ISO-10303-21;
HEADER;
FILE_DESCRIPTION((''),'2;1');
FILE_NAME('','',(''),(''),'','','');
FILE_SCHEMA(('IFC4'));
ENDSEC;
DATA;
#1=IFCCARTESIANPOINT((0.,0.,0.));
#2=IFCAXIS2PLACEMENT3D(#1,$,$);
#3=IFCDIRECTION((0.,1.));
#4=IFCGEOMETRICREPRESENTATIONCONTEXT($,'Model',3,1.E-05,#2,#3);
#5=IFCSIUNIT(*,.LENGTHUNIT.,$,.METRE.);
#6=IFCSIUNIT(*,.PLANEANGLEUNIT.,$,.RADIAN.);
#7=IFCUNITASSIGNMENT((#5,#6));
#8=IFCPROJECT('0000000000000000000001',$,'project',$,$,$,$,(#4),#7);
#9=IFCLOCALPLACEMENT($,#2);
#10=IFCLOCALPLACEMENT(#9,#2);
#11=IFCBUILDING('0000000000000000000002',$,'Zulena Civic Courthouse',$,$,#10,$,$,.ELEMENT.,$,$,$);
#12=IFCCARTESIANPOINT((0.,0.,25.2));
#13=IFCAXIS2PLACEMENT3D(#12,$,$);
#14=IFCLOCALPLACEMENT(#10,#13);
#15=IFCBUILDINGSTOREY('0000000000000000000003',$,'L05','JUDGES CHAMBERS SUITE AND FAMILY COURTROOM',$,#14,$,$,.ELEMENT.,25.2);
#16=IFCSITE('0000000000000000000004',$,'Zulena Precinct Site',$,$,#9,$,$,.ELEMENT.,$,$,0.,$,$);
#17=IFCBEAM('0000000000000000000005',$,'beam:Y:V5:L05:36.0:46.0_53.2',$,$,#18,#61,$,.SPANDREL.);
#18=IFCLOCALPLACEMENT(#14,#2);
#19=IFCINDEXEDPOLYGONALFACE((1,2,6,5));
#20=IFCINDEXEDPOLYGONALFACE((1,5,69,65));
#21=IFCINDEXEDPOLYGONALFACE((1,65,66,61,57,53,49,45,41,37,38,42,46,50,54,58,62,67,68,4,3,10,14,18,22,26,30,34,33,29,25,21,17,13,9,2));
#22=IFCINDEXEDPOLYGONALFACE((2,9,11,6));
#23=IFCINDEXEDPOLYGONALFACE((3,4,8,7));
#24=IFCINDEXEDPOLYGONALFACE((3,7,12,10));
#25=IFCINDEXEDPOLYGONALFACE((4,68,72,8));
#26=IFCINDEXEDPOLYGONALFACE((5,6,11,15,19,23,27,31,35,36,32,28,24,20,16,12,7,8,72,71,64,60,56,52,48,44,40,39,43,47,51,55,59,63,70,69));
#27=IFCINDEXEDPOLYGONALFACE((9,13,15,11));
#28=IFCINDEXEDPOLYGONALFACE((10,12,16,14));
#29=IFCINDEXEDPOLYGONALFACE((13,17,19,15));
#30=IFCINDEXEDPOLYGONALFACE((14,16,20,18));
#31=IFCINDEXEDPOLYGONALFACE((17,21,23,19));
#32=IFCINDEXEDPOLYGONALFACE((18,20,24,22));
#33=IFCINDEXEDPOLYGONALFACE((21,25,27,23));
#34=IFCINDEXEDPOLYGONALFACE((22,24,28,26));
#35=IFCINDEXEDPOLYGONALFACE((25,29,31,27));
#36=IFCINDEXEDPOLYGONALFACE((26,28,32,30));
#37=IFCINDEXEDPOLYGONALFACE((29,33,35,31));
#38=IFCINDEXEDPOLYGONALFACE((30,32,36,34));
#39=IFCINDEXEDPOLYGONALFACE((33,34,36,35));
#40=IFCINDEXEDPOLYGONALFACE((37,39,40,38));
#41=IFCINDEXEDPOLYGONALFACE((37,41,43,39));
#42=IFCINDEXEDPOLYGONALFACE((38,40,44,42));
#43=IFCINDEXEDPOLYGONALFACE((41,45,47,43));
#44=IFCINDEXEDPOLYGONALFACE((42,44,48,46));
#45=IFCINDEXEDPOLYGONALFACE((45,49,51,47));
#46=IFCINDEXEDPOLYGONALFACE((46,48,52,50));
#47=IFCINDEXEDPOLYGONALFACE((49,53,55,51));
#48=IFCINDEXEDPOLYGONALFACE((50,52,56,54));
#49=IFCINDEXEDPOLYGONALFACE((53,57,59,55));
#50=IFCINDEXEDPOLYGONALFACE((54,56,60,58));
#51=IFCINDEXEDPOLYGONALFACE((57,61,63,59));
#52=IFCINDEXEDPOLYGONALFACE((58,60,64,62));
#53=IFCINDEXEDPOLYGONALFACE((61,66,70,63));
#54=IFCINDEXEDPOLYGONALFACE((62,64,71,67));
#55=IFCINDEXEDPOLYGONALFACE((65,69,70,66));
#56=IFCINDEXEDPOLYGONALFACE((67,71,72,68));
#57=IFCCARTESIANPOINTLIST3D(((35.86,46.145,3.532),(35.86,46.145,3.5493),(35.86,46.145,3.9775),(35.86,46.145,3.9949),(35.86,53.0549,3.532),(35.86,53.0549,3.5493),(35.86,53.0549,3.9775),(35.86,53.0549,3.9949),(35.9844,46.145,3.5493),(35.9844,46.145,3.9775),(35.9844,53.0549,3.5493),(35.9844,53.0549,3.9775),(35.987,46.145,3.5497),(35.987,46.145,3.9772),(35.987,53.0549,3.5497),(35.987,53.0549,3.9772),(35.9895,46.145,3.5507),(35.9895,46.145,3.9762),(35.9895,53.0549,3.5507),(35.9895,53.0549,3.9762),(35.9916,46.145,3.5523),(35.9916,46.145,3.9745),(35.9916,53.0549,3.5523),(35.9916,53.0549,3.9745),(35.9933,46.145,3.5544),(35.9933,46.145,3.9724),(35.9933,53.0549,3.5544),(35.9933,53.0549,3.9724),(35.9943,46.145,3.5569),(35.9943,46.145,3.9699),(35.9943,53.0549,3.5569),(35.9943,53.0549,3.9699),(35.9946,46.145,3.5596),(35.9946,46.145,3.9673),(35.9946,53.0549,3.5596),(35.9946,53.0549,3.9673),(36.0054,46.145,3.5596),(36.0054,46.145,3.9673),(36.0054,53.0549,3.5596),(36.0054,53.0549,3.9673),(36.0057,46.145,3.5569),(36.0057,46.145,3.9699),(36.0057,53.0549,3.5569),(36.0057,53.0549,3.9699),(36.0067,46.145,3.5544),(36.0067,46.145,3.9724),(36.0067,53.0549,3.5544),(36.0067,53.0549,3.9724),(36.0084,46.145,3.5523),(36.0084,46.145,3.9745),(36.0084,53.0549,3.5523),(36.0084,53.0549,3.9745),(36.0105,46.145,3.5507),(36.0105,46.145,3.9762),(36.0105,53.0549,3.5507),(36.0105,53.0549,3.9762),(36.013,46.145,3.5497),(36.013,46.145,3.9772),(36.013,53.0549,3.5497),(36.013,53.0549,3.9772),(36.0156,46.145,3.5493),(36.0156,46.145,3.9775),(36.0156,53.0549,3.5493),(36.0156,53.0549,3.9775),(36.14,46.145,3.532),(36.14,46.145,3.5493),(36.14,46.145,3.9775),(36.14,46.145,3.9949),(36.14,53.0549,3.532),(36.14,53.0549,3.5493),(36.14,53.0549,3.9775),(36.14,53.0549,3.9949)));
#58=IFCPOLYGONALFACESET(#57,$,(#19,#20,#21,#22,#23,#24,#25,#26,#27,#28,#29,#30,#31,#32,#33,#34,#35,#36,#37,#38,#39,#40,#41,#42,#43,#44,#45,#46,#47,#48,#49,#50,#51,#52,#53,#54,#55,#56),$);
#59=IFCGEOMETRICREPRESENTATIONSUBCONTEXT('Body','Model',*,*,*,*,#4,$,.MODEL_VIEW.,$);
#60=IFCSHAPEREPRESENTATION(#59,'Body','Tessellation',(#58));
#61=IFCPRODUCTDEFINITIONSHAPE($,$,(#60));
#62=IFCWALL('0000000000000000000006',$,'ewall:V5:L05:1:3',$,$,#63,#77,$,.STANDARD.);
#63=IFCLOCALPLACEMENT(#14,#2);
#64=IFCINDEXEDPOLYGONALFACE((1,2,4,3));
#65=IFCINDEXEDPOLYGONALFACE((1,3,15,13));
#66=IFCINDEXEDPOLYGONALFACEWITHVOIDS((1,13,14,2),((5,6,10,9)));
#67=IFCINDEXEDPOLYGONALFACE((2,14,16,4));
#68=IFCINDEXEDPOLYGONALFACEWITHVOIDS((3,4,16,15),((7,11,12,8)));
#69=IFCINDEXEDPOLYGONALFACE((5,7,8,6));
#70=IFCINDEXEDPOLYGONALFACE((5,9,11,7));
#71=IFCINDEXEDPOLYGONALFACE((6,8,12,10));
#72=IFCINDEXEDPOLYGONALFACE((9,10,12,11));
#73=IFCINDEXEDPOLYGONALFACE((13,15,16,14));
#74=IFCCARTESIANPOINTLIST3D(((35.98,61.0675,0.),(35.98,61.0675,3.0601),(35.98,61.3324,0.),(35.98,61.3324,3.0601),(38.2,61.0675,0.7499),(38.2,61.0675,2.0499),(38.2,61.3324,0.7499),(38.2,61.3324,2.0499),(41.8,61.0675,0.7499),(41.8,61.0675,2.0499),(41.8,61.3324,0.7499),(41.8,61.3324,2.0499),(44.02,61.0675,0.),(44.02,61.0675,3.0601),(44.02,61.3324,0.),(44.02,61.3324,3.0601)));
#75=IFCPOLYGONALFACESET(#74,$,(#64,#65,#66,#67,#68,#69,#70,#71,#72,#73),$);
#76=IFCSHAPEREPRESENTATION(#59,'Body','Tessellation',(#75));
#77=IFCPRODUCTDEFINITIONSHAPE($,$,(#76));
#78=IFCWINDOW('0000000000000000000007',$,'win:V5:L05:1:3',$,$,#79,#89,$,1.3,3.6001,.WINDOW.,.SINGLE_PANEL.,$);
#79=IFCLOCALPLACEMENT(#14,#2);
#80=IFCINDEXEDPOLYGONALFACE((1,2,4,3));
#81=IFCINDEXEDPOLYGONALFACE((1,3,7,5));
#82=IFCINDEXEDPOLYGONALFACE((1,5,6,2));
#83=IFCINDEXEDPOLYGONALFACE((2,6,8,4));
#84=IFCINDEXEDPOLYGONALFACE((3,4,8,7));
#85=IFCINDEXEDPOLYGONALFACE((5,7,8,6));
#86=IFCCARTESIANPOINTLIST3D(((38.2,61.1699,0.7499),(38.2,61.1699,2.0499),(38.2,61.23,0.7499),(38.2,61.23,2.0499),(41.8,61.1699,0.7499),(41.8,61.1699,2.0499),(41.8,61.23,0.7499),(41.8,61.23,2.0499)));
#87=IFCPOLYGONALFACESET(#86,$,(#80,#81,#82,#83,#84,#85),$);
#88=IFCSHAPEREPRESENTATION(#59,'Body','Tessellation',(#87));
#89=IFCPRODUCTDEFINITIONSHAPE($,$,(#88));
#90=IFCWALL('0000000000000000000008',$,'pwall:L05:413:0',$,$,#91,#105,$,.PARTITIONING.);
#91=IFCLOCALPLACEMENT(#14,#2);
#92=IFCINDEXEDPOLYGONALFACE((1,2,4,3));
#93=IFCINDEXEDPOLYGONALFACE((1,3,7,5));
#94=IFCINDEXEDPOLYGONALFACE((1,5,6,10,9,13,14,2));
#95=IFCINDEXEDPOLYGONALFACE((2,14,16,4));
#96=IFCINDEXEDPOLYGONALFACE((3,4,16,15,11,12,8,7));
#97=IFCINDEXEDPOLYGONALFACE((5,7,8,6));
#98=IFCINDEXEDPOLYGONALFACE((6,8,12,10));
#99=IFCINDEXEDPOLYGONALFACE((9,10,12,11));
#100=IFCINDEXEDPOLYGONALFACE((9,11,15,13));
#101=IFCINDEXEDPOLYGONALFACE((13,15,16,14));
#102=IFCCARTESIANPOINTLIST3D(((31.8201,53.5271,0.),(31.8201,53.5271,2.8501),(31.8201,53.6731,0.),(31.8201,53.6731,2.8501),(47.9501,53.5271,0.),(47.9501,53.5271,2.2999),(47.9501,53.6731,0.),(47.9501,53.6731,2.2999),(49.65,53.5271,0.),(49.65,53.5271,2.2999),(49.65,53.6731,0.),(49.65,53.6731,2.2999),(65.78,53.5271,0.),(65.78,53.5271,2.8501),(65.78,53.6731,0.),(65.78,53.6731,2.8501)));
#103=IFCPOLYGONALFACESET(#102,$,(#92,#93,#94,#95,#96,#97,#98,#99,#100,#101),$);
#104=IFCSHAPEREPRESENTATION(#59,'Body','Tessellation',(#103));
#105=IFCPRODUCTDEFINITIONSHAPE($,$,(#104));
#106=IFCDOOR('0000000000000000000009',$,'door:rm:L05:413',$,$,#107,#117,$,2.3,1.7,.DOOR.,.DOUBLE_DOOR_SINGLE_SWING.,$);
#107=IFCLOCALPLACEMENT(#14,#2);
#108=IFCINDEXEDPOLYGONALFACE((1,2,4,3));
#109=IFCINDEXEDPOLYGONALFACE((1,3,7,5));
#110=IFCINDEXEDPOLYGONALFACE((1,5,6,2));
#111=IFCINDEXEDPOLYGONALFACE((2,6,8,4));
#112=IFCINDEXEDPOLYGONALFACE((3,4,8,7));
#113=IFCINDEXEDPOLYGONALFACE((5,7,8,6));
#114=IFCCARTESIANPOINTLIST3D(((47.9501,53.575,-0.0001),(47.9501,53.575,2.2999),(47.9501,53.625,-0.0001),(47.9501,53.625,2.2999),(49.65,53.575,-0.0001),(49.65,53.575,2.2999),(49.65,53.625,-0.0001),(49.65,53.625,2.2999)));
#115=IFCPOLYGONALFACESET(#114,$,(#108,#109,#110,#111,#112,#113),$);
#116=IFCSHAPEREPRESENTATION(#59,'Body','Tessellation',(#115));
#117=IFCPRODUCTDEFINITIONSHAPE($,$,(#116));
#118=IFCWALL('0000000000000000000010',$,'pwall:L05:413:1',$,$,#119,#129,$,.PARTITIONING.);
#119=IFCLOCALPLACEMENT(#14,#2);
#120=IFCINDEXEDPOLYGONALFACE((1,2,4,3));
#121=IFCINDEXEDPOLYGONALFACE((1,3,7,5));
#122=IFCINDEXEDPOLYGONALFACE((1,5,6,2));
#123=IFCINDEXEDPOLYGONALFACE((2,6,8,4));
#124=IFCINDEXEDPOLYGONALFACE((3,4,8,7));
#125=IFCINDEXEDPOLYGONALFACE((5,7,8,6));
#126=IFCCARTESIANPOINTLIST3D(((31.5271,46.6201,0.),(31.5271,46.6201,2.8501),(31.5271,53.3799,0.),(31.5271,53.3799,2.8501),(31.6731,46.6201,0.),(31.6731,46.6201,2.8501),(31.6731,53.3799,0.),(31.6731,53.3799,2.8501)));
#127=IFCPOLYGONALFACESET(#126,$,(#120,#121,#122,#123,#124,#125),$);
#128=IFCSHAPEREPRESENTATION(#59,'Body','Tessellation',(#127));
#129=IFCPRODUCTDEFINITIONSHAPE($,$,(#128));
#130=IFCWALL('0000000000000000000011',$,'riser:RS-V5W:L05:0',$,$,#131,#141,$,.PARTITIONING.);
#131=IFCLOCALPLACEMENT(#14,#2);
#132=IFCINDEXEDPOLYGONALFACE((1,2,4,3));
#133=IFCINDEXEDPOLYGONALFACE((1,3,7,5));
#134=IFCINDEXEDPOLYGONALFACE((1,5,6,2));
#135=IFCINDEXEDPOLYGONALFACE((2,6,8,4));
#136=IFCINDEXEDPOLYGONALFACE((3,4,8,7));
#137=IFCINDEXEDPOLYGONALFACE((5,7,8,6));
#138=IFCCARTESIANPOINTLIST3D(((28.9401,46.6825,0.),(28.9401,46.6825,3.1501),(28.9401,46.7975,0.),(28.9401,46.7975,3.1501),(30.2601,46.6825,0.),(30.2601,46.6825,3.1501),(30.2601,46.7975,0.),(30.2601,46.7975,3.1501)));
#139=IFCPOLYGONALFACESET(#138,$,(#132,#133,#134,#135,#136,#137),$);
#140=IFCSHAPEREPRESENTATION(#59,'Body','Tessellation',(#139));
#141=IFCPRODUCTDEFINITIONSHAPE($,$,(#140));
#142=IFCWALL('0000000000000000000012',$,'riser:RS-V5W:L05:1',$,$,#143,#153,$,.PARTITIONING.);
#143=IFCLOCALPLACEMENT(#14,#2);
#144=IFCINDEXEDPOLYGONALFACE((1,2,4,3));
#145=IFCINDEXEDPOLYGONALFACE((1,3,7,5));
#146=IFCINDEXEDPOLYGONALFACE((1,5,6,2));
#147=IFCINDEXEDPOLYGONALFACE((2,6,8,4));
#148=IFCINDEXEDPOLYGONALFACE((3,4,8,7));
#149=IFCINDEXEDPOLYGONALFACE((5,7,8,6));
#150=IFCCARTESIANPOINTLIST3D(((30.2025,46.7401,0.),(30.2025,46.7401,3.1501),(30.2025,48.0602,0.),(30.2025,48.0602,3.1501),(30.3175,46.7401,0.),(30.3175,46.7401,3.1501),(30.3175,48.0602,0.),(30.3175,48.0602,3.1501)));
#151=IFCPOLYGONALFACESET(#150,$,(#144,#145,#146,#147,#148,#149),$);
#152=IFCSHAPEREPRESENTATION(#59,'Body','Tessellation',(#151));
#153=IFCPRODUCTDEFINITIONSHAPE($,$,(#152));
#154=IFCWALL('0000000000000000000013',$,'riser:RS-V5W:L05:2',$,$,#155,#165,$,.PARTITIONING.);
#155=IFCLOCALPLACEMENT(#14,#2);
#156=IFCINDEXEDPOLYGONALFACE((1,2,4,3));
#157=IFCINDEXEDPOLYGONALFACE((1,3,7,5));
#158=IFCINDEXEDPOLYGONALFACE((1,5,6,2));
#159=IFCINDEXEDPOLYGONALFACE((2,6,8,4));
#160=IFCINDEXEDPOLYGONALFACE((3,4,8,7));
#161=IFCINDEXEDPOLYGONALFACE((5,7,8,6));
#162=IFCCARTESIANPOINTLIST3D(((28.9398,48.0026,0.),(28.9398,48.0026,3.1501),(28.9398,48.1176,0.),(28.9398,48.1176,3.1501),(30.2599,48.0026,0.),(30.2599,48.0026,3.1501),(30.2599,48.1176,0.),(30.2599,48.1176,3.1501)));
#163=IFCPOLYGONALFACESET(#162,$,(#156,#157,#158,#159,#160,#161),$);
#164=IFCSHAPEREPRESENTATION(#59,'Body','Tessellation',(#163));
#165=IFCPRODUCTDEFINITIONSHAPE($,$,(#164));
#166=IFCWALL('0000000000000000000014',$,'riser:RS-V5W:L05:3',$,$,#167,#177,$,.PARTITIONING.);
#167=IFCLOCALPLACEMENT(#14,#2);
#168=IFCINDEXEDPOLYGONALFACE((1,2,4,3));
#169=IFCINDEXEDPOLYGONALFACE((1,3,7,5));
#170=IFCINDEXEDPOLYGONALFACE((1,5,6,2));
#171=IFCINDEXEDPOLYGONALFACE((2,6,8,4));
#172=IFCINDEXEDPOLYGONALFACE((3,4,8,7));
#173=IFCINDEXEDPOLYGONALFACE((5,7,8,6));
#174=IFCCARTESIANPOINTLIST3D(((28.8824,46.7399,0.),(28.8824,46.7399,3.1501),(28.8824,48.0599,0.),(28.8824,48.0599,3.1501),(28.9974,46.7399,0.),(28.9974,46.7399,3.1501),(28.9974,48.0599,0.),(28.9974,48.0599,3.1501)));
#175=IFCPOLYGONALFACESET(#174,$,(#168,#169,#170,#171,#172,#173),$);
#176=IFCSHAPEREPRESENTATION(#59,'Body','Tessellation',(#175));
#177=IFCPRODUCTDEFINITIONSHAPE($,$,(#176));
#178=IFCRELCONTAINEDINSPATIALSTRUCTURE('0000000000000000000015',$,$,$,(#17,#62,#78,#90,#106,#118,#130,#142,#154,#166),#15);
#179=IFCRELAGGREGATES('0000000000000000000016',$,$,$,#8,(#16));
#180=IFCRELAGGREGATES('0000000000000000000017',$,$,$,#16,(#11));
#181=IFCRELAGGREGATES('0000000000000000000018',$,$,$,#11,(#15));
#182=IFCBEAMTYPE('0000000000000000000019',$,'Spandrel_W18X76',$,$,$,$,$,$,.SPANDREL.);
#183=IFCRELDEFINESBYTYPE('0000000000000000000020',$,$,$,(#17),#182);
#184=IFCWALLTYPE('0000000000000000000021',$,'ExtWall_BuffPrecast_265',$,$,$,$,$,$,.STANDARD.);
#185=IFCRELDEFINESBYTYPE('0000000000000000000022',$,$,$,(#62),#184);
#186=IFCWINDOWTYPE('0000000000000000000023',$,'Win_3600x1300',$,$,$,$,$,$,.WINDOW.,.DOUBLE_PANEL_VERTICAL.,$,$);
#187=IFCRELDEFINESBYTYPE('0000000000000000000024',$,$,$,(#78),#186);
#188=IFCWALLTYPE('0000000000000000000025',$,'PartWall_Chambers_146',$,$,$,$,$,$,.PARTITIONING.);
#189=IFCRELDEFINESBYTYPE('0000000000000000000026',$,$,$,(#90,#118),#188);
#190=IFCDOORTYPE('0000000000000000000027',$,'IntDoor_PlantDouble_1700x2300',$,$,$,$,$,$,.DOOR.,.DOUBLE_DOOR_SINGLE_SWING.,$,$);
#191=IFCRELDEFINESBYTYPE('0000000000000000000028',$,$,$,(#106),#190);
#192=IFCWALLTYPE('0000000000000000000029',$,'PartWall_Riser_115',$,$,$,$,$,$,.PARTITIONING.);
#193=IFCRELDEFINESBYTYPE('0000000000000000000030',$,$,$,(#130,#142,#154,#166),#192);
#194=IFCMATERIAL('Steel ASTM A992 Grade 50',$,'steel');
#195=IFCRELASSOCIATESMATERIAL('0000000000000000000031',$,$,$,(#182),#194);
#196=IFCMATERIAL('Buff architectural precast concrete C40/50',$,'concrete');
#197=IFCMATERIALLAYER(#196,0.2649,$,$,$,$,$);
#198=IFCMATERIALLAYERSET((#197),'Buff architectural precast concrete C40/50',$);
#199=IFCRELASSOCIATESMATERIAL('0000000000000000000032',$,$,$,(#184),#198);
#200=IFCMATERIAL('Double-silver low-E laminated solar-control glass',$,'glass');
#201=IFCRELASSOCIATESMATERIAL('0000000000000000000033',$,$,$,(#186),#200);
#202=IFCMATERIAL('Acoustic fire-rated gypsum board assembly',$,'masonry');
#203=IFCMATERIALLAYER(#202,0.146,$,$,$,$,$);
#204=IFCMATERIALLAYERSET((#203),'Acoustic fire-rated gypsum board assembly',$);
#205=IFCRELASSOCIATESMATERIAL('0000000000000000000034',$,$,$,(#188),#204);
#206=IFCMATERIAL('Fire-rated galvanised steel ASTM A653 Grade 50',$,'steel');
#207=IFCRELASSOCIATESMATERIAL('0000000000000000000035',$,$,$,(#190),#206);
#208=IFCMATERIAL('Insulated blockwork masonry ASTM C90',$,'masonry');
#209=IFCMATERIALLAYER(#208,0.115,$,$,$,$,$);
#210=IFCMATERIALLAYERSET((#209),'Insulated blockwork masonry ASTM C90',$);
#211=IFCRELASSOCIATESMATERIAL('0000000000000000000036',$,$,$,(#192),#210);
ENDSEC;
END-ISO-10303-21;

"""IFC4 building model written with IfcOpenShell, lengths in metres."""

from ifc_helpers import new_model, si_unit, direction, frame, frame_2d, origin, origin_2d, place, context, subcontext, project, spatial, rectangle, i_section, extrude, material, layer, layer_set, material_profile, profile_set, type_object, element, fill, save


model = new_model("IFC4")

# Units and contexts
model_context = context("Model", 3, precision=1e-05, world=origin(), true_north=direction((0.0, 1.0)))
body_context = subcontext(model_context, "Body", "Model", "MODEL_VIEW")
ifc_project = project(units=[si_unit("LENGTHUNIT", "METRE"), si_unit("PLANEANGLEUNIT", "RADIAN")], contexts=[model_context])

# Site, building, storey
site_placement = place(None, origin())
site = spatial("IfcSite", under=ifc_project, at=site_placement, Name="Zulena Precinct Site", CompositionType="ELEMENT", RefElevation=0.0)
building_placement = place(site_placement, origin())
building = spatial("IfcBuilding", under=site, at=building_placement, Name="Zulena Civic Courthouse", CompositionType="ELEMENT")
storey_placement = place(building_placement, frame((0.0, 0.0, 25.2)))
storey = spatial("IfcBuildingStorey", under=building, at=storey_placement, Name="L05", Description="JUDGES CHAMBERS SUITE AND FAMILY COURTROOM", CompositionType="ELEMENT", Elevation=25.2)

# Shared definitions
ifc_material_1 = material(Name="Steel ASTM A992 Grade 50", Category="steel")

# Beam
ifc_material_profile_1 = material_profile(ifc_material_1, i_section(OverallWidth=0.28, OverallDepth=0.4629, WebThickness=0.0107, FlangeThickness=0.0173, FilletRadius=0.0103, at=origin_2d()), Name="W18X76")
ifc_profile_set_1 = profile_set([ifc_material_profile_1], Name="Steel ASTM A992 Grade 50")
beam_type_1 = type_object("IfcBeamType", Name="Spandrel_W18X76", PredefinedType="SPANDREL", material=ifc_profile_set_1)
beam_1_placement = place(storey_placement, frame((36.0, 46.145, 3.7634), z_axis=(0.0, 1.0, 0.0), x_axis=(-1.0, 0.0, 0.0)))
element("IfcBeam", 1, at=beam_1_placement, inside=storey, type_object=beam_type_1, Name="beam:Y:V5:L05:36.0:46.0_53.2", PredefinedType="SPANDREL", context=body_context, shape_type="SweptSolid", body=[
    extrude(i_section(OverallWidth=0.28, OverallDepth=0.4629, WebThickness=0.0107, FlangeThickness=0.0173, FilletRadius=0.0103, at=origin_2d()), origin(), (0.0, 0.0, 1.0), 6.9099),
])

# Wall, opening, window
ifc_material_2 = material(Name="Buff architectural precast concrete C40/50", Category="concrete")
ifc_layer_1 = layer(ifc_material_2, 0.2649)
ifc_layer_set_1 = layer_set([ifc_layer_1], Name="Buff architectural precast concrete C40/50")
wall_type_1 = type_object("IfcWallType", Name="ExtWall_BuffPrecast_265", PredefinedType="STANDARD", material=ifc_layer_set_1)
wall_1_placement = place(storey_placement, frame((35.98, 61.2, 0.0), z_axis=(0.0, 0.0, 1.0), x_axis=(1.0, 0.0, 0.0)))
wall_1 = element("IfcWall", 2, at=wall_1_placement, inside=storey, type_object=wall_type_1, Name="ewall:V5:L05:1:3", PredefinedType="STANDARD", context=body_context, shape_type="SweptSolid", body=[
    extrude(rectangle(XDim=8.04, YDim=0.2649, at=frame_2d((4.02, 0.0))), origin(), (0.0, 0.0, 1.0), 3.0601),
])
opening_1_placement = place(wall_1_placement, frame((2.22, 0.0, 0.75)))
opening_1 = element("IfcOpeningElement", 3, at=opening_1_placement, cuts=wall_1, PredefinedType="OPENING", context=body_context, shape_type="SweptSolid", body=[
    extrude(rectangle(XDim=3.6001, YDim=1.3, at=frame_2d((1.8, 0.6499))), frame((0.0, 0.1423, 0.0), z_axis=(0.0, -1.0, 0.0), x_axis=(1.0, 0.0, 0.0)), (0.0, 0.0, 1.0), 0.2849),
])
ifc_material_3 = material(Name="Double-silver low-E laminated solar-control glass", Category="glass")
window_type = type_object("IfcWindowType", Name="Win_3600x1300", PartitioningType="DOUBLE_PANEL_VERTICAL", PredefinedType="WINDOW", material=ifc_material_3)
window_placement = place(opening_1_placement, origin())
window = element("IfcWindow", 4, at=window_placement, inside=storey, type_object=window_type, Name="win:V5:L05:1:3", OverallHeight=1.3, OverallWidth=3.6001, PartitioningType="SINGLE_PANEL", PredefinedType="WINDOW", context=body_context, shape_type="SweptSolid", body=[
    extrude(rectangle(XDim=3.6001, YDim=1.3, at=frame_2d((1.8, 0.6499))), frame((0.0, 0.03, 0.0), z_axis=(0.0, -1.0, 0.0), x_axis=(1.0, 0.0, 0.0)), (0.0, 0.0, 1.0), 0.0601),
])
fill(opening_1, window)

# Wall, opening, door
ifc_material_4 = material(Name="Acoustic fire-rated gypsum board assembly", Category="masonry")
ifc_layer_2 = layer(ifc_material_4, 0.146)
ifc_layer_set_2 = layer_set([ifc_layer_2], Name="Acoustic fire-rated gypsum board assembly")
wall_type_2 = type_object("IfcWallType", Name="PartWall_Chambers_146", PredefinedType="PARTITIONING", material=ifc_layer_set_2)
wall_2_placement = place(storey_placement, frame((31.8201, 53.6001, 0.0), z_axis=(0.0, 0.0, 1.0), x_axis=(1.0, 0.0, 0.0)))
wall_2 = element("IfcWall", 5, at=wall_2_placement, inside=storey, type_object=wall_type_2, Name="pwall:L05:413:0", PredefinedType="PARTITIONING", context=body_context, shape_type="SweptSolid", body=[
    extrude(rectangle(XDim=33.96, YDim=0.146, at=frame_2d((16.98, 0.0))), origin(), (0.0, 0.0, 1.0), 2.8501),
])
opening_2_placement = place(wall_2_placement, frame((16.1299, 0.0, 0.0)))
opening_2 = element("IfcOpeningElement", 6, at=opening_2_placement, cuts=wall_2, PredefinedType="OPENING", context=body_context, shape_type="SweptSolid", body=[
    extrude(rectangle(XDim=1.7, YDim=2.3, at=frame_2d((0.8501, 1.1499))), frame((0.0, 0.083, 0.0), z_axis=(0.0, -1.0, 0.0), x_axis=(1.0, 0.0, 0.0)), (0.0, 0.0, 1.0), 0.166),
])
ifc_material_5 = material(Name="Fire-rated galvanised steel ASTM A653 Grade 50", Category="steel")
door_type = type_object("IfcDoorType", Name="IntDoor_PlantDouble_1700x2300", OperationType="DOUBLE_DOOR_SINGLE_SWING", PredefinedType="DOOR", material=ifc_material_5)
door_placement = place(opening_2_placement, origin())
door = element("IfcDoor", 7, at=door_placement, inside=storey, type_object=door_type, Name="door:rm:L05:413", OperationType="DOUBLE_DOOR_SINGLE_SWING", OverallHeight=2.3, OverallWidth=1.7, PredefinedType="DOOR", context=body_context, shape_type="SweptSolid", body=[
    extrude(rectangle(XDim=1.7, YDim=2.3, at=frame_2d((0.8501, 1.1499))), frame((0.0, 0.0249, 0.0), z_axis=(0.0, -1.0, 0.0), x_axis=(1.0, 0.0, 0.0)), (0.0, 0.0, 1.0), 0.05),
])
fill(opening_2, door)

# Walls
wall_3_placement = place(storey_placement, frame((31.6001, 46.6201, 0.0), z_axis=(0.0, 0.0, 1.0), x_axis=(0.0, 1.0, 0.0)))
element("IfcWall", 8, at=wall_3_placement, inside=storey, type_object=wall_type_2, Name="pwall:L05:413:1", PredefinedType="PARTITIONING", context=body_context, shape_type="SweptSolid", body=[
    extrude(rectangle(XDim=6.7598, YDim=0.146, at=frame_2d((3.3799, 0.0))), origin(), (0.0, 0.0, 1.0), 2.8501),
])
ifc_material_6 = material(Name="Insulated blockwork masonry ASTM C90", Category="masonry")
ifc_layer_3 = layer(ifc_material_6, 0.115)
ifc_layer_set_3 = layer_set([ifc_layer_3], Name="Insulated blockwork masonry ASTM C90")
wall_type_3 = type_object("IfcWallType", Name="PartWall_Riser_115", PredefinedType="PARTITIONING", material=ifc_layer_set_3)
for number, where, z_axis, x_axis, name in (
    (9, (28.9399, 46.74, 0.0), (0.0, 0.0, 1.0), (1.0, 0.0, 0.0), "riser:RS-V5W:L05:0"),
    (10, (30.26, 46.74, 0.0), (0.0, 0.0, 1.0), (0.0, 1.0, 0.0), "riser:RS-V5W:L05:1"),
    (11, (30.26, 48.0601, 0.0), (0.0, 0.0, 1.0), (-1.0, 0.0, 0.0), "riser:RS-V5W:L05:2"),
    (12, (28.9399, 48.0601, 0.0), (0.0, 0.0, 1.0), (0.0, -1.0, 0.0), "riser:RS-V5W:L05:3"),
):
    element("IfcWall", number, at=place(storey_placement, frame(where, z_axis=z_axis, x_axis=x_axis)), inside=storey, type_object=wall_type_3, Name=name, PredefinedType="PARTITIONING", context=body_context, shape_type="SweptSolid", body=[
        extrude(rectangle(XDim=1.3201, YDim=0.115, at=frame_2d((0.6602, 0.0))), origin(), (0.0, 0.0, 1.0), 3.1501),
    ])

save(model, "model.ifc")
